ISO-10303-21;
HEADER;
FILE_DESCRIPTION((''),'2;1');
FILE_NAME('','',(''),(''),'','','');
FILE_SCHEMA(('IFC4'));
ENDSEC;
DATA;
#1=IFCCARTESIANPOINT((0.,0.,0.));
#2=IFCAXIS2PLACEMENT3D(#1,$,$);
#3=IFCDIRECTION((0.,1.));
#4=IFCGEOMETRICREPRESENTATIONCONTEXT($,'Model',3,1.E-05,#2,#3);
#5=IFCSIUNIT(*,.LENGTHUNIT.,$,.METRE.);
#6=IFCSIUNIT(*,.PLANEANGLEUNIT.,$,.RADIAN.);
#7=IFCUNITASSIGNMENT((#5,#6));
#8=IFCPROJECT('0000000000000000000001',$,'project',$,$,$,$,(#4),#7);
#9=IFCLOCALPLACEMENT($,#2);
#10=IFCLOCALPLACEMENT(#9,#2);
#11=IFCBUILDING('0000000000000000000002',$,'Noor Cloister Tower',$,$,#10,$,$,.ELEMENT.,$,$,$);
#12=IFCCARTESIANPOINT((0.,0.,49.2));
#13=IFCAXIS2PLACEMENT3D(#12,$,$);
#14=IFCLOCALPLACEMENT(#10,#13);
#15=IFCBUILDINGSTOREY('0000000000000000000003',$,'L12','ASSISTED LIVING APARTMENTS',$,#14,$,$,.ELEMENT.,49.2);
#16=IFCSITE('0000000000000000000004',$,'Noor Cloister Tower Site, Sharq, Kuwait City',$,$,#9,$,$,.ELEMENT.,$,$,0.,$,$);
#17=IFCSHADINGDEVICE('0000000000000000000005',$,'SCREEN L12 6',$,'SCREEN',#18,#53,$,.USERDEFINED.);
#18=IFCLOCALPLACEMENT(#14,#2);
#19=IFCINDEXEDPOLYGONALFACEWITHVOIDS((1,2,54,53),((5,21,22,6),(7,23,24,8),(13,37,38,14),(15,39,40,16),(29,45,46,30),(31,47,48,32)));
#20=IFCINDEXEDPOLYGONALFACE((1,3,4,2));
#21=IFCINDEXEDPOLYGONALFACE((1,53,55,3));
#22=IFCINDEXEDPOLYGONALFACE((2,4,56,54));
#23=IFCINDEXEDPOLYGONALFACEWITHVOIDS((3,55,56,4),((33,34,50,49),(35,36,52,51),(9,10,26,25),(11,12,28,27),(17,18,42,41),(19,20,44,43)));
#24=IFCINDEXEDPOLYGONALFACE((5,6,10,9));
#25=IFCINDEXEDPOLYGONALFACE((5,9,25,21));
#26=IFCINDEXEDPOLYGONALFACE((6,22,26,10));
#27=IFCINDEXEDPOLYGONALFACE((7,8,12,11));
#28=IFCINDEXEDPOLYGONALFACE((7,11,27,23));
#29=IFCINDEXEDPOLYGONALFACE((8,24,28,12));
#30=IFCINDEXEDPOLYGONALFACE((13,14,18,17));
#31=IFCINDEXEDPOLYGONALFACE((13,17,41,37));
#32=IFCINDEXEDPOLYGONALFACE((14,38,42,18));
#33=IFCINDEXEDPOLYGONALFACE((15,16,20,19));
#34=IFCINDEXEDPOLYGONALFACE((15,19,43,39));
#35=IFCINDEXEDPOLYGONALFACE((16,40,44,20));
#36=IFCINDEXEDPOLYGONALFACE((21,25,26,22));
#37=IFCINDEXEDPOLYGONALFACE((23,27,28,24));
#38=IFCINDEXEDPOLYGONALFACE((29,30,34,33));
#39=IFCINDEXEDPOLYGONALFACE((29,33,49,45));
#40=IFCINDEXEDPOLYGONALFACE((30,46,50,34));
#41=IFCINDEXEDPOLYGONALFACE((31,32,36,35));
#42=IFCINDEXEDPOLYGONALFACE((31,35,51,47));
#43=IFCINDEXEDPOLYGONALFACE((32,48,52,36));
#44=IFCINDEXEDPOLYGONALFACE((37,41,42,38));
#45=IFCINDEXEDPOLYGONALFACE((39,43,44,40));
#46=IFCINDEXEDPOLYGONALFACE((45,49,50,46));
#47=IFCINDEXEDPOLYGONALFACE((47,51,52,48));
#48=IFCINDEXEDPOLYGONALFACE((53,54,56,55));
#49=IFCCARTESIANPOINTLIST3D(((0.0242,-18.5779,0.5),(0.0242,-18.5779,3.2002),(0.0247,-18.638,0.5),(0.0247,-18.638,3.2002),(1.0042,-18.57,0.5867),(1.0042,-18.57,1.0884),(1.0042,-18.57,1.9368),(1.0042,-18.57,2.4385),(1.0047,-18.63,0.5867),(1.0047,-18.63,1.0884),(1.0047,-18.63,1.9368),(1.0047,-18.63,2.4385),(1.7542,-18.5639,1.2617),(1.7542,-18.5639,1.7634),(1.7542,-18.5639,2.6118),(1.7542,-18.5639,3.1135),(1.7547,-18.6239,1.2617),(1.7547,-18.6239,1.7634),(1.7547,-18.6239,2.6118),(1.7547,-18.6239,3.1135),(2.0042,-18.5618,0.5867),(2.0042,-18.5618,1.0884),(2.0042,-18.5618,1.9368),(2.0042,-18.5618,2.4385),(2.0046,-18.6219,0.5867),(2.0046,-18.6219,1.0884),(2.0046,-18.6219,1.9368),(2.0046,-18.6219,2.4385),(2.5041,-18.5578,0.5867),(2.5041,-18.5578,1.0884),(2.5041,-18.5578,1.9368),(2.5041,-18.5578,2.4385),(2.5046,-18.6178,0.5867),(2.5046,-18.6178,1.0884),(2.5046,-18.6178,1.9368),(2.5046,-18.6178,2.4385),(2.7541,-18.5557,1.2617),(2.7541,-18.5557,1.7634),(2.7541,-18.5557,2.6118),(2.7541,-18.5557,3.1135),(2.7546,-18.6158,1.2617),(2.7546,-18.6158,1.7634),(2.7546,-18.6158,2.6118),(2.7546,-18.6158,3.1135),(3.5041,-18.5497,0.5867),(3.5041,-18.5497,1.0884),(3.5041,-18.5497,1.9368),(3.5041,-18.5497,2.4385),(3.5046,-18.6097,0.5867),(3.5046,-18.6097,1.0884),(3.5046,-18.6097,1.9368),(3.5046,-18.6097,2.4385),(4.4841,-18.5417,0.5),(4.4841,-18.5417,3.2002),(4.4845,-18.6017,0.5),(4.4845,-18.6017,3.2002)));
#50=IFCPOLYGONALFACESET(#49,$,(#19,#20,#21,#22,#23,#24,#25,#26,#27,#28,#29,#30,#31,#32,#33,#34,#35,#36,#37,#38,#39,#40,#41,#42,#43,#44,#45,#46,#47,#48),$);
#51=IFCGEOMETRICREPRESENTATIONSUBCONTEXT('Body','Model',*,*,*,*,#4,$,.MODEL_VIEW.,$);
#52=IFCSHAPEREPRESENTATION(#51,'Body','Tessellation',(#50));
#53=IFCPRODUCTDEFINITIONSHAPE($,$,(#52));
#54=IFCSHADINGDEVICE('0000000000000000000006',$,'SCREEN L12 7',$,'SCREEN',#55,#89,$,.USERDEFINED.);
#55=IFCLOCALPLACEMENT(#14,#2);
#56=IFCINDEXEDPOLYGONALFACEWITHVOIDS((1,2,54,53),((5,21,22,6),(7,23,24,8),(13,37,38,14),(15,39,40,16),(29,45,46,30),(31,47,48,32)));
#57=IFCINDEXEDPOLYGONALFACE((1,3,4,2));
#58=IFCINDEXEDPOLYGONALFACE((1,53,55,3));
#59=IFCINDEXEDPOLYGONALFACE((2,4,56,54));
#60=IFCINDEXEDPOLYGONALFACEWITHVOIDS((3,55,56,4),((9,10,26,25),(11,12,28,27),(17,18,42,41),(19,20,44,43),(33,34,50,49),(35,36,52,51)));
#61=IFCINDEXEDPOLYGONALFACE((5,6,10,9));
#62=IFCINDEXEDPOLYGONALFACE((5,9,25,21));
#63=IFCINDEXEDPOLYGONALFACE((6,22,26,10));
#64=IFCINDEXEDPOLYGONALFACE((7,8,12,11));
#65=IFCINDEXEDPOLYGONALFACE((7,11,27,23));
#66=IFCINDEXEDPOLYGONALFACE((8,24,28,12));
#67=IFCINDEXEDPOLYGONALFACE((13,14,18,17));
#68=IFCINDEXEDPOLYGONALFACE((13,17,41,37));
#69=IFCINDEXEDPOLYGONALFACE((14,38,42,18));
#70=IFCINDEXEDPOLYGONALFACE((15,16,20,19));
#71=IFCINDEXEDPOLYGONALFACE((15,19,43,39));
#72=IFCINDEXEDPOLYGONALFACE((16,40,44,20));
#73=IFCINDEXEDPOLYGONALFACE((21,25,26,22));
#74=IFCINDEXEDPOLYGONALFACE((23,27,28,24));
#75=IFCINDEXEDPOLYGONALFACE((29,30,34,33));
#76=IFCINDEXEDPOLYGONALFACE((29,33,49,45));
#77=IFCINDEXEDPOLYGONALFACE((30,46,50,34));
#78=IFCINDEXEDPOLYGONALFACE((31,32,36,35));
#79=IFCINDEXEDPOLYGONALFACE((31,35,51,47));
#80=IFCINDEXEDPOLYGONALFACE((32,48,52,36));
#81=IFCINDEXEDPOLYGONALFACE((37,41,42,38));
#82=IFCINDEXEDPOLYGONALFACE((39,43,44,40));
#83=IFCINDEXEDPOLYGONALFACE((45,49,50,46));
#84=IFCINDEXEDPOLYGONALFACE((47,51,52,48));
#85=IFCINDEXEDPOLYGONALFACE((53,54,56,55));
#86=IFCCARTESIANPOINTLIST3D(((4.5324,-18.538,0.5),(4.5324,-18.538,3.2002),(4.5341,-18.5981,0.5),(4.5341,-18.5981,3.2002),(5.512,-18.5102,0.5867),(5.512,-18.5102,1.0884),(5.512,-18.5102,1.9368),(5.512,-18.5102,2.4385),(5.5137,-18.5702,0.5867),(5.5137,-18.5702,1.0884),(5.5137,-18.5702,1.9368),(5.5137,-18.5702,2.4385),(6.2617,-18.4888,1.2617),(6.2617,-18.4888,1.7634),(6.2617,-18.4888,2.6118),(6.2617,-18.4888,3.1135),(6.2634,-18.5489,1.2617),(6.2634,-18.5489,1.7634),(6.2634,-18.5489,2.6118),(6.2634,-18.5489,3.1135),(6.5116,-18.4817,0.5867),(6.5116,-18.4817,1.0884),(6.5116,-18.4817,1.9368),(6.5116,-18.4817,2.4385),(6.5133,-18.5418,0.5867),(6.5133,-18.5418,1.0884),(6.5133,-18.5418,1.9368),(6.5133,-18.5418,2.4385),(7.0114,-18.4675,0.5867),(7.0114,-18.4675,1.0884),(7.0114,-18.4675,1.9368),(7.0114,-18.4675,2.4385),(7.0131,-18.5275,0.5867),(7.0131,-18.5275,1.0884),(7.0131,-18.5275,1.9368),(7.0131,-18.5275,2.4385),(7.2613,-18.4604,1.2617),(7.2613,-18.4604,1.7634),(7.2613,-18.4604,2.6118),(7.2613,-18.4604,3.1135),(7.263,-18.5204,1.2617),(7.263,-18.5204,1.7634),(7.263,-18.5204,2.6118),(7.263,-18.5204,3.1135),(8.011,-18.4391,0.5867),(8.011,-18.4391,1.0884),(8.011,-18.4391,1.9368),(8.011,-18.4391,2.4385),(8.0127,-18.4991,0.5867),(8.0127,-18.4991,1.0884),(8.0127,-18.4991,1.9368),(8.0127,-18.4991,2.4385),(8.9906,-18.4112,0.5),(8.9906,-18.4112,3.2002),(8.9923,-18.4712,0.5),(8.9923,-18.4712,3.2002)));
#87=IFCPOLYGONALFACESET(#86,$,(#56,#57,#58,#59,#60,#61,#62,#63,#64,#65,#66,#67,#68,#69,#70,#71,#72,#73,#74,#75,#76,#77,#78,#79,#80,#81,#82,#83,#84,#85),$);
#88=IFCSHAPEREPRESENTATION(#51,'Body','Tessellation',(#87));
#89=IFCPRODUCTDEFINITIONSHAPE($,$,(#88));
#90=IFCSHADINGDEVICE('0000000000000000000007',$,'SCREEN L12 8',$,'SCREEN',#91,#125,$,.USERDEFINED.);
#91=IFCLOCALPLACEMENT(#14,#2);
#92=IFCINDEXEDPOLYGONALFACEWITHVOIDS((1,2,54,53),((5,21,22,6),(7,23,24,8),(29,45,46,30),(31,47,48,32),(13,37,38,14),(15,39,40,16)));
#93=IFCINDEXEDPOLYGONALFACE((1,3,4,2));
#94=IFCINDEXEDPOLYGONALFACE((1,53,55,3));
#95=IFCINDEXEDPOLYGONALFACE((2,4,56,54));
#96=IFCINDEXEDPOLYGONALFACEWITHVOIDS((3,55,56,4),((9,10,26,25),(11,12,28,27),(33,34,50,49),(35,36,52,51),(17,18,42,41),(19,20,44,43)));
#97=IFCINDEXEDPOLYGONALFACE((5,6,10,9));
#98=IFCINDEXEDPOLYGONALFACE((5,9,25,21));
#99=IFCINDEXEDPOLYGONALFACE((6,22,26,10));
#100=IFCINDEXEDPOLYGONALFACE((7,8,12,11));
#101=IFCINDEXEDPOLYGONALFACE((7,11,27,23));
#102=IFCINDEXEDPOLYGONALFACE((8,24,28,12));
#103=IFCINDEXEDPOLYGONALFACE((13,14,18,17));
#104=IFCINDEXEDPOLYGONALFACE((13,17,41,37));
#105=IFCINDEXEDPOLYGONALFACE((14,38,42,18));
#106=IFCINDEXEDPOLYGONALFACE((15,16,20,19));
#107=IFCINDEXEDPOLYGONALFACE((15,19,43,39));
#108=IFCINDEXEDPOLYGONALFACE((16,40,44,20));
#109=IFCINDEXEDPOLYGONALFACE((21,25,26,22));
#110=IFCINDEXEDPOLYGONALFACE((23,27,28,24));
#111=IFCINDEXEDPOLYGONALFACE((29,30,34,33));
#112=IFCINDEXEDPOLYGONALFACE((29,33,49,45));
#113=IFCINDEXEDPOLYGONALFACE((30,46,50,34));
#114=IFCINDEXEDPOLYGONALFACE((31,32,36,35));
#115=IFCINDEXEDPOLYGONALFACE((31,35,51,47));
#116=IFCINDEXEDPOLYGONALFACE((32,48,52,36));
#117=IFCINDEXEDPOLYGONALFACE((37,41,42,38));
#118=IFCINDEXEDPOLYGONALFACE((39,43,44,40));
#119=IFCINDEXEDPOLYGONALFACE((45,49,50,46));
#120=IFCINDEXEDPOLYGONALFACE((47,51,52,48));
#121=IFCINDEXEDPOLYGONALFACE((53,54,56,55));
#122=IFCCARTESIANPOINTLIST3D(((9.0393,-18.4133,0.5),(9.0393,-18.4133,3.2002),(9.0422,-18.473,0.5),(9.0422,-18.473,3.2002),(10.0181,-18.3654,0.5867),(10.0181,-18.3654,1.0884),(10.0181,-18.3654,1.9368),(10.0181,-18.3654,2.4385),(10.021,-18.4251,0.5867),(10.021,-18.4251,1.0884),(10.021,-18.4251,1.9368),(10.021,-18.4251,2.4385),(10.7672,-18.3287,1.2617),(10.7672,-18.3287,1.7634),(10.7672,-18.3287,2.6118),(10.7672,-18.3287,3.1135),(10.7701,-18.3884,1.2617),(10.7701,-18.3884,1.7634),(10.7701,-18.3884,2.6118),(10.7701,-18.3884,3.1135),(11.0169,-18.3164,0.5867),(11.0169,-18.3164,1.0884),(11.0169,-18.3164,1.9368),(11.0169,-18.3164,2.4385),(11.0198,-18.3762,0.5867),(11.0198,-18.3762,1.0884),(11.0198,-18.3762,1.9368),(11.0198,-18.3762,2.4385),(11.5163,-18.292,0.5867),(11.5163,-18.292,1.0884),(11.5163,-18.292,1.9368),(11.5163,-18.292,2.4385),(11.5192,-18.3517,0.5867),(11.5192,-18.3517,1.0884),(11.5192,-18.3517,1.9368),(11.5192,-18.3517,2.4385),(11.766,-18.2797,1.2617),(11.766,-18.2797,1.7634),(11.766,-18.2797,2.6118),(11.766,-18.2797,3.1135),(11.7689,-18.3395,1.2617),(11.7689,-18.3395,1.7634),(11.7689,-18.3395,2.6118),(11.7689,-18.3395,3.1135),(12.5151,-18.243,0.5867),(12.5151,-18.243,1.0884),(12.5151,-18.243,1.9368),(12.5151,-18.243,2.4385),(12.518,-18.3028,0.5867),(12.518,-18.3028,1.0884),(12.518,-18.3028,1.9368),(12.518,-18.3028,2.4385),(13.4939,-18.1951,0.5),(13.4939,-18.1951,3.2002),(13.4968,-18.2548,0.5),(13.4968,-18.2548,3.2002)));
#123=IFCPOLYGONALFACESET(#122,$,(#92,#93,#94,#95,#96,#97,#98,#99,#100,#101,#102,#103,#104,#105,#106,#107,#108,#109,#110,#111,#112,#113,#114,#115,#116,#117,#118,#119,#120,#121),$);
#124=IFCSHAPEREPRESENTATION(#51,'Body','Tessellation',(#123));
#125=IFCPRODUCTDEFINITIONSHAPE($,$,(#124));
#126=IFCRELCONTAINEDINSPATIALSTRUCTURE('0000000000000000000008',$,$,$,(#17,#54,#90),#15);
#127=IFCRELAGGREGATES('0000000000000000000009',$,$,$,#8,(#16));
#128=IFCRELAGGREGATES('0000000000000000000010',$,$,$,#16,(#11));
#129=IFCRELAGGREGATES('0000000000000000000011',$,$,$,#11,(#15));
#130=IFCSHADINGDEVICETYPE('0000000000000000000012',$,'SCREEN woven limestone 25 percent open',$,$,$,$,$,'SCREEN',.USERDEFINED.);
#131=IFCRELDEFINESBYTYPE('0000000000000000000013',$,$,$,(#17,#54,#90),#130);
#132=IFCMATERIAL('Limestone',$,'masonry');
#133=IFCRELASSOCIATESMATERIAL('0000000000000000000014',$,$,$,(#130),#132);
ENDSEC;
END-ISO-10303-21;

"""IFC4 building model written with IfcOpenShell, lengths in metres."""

from ifc_helpers import new_model, si_unit, direction, frame, origin, place, context, subcontext, project, spatial, polyline, outline, extrude, material, material_profile, profile_set, type_object, element, save


model = new_model("IFC4")

# Units and contexts
model_context = context("Model", 3, precision=1e-05, world=origin(), true_north=direction((0.0, 1.0)))
body_context = subcontext(model_context, "Body", "Model", "MODEL_VIEW")
ifc_project = project(units=[si_unit("LENGTHUNIT", "METRE"), si_unit("PLANEANGLEUNIT", "RADIAN")], contexts=[model_context])

# Site, building, storey
site_placement = place(None, origin())
site = spatial("IfcSite", under=ifc_project, at=site_placement, Name="Noor Cloister Tower Site, Sharq, Kuwait City", CompositionType="ELEMENT", RefElevation=0.0)
building_placement = place(site_placement, origin())
building = spatial("IfcBuilding", under=site, at=building_placement, Name="Noor Cloister Tower", CompositionType="ELEMENT")
storey_placement = place(building_placement, frame((0.0, 0.0, 49.2)))
storey = spatial("IfcBuildingStorey", under=building, at=storey_placement, Name="L12", Description="ASSISTED LIVING APARTMENTS", CompositionType="ELEMENT", Elevation=49.2)

# Shading devices
ifc_material_1 = material(Name="Limestone", Category="masonry")
ifc_material_profile_1 = material_profile(ifc_material_1, outline(polyline([(-2.23, -1.3501), (2.23, -1.3501), (2.23, 1.3501), (-2.23, 1.3501), (-2.23, -1.3501)]), holes=[polyline([(-1.25, -1.2634), (-0.25, -1.2634), (-0.25, -0.7617), (-1.25, -0.7617), (-1.25, -1.2634)]), polyline([(0.25, -1.2634), (1.25, -1.2634), (1.25, -0.7617), (0.25, -0.7617), (0.25, -1.2634)]), polyline([(-0.5, -0.5884), (0.5, -0.5884), (0.5, -0.0867), (-0.5, -0.0867), (-0.5, -0.5884)]), polyline([(-1.25, 0.0867), (-0.25, 0.0867), (-0.25, 0.5884), (-1.25, 0.5884), (-1.25, 0.0867)]), polyline([(0.25, 0.0867), (1.25, 0.0867), (1.25, 0.5884), (0.25, 0.5884), (0.25, 0.0867)]), polyline([(-0.5, 0.7617), (0.5, 0.7617), (0.5, 1.2634), (-0.5, 1.2634), (-0.5, 0.7617)])]), Name="Woven screen 25 percent open")
ifc_profile_set_1 = profile_set([ifc_material_profile_1], Name="Limestone")
shading_device_type = type_object("IfcShadingDeviceType", Name="SCREEN woven limestone 25 percent open", ElementType="SCREEN", PredefinedType="USERDEFINED", material=ifc_profile_set_1)
for number, where, z_axis, x_axis, name in (
    (1, (2.2542, -18.5598, 1.8501), (0.00813, -0.999967, 0.0), (0.999967, 0.00813, 0.0), "SCREEN L12 6"),
    (2, (6.7615, -18.4746, 1.8501), (0.028444, -0.999595, 0.0), (0.999595, 0.028444, 0.0), "SCREEN L12 7"),
):
    element("IfcShadingDevice", number, at=place(storey_placement, frame(where, z_axis=z_axis, x_axis=x_axis)), inside=storey, type_object=shading_device_type, Name=name, ObjectType="SCREEN", PredefinedType="USERDEFINED", context=body_context, shape_type="SweptSolid", body=[
        extrude(outline(polyline([(-2.23, -1.3501), (2.23, -1.3501), (2.23, 1.3501), (-2.23, 1.3501), (-2.23, -1.3501)]), holes=[polyline([(-1.25, -1.2634), (-0.25, -1.2634), (-0.25, -0.7617), (-1.25, -0.7617), (-1.25, -1.2634)]), polyline([(0.25, -1.2634), (1.25, -1.2634), (1.25, -0.7617), (0.25, -0.7617), (0.25, -1.2634)]), polyline([(-0.5, -0.5884), (0.5, -0.5884), (0.5, -0.0867), (-0.5, -0.0867), (-0.5, -0.5884)]), polyline([(-1.25, 0.0867), (-0.25, 0.0867), (-0.25, 0.5884), (-1.25, 0.5884), (-1.25, 0.0867)]), polyline([(0.25, 0.0867), (1.25, 0.0867), (1.25, 0.5884), (0.25, 0.5884), (0.25, 0.0867)]), polyline([(-0.5, 0.7617), (0.5, 0.7617), (0.5, 1.2634), (-0.5, 1.2634), (-0.5, 0.7617)])]), origin(), (0.0, 0.0, 1.0), 0.0601),
    ])
shading_device_placement = place(storey_placement, frame((11.2666, -18.3042, 1.8501), z_axis=(0.048921, -0.998803, 0.0), x_axis=(0.998803, 0.048921, 0.0)))
element("IfcShadingDevice", 3, at=shading_device_placement, inside=storey, type_object=shading_device_type, Name="SCREEN L12 8", ObjectType="SCREEN", PredefinedType="USERDEFINED", context=body_context, shape_type="SweptSolid", body=[
    extrude(outline(polyline([(-2.23, -1.3501), (2.23, -1.3501), (2.23, 1.3501), (-2.23, 1.3501), (-2.23, -1.3501)]), holes=[polyline([(-1.25, -1.2634), (-0.25, -1.2634), (-0.25, -0.7617), (-1.25, -0.7617), (-1.25, -1.2634)]), polyline([(0.25, -1.2634), (1.25, -1.2634), (1.25, -0.7617), (0.25, -0.7617), (0.25, -1.2634)]), polyline([(-0.5, -0.5884), (0.5, -0.5884), (0.5, -0.0867), (-0.5, -0.0867), (-0.5, -0.5884)]), polyline([(-1.25, 0.0867), (-0.25, 0.0867), (-0.25, 0.5884), (-1.25, 0.5884), (-1.25, 0.0867)]), polyline([(0.25, 0.0867), (1.25, 0.0867), (1.25, 0.5884), (0.25, 0.5884), (0.25, 0.0867)]), polyline([(-0.5, 0.7617), (0.5, 0.7617), (0.5, 1.2634), (-0.5, 1.2634), (-0.5, 0.7617)])]), origin(), (0.0, 0.0, 1.0), 0.0598),
])

save(model, "model.ifc")
